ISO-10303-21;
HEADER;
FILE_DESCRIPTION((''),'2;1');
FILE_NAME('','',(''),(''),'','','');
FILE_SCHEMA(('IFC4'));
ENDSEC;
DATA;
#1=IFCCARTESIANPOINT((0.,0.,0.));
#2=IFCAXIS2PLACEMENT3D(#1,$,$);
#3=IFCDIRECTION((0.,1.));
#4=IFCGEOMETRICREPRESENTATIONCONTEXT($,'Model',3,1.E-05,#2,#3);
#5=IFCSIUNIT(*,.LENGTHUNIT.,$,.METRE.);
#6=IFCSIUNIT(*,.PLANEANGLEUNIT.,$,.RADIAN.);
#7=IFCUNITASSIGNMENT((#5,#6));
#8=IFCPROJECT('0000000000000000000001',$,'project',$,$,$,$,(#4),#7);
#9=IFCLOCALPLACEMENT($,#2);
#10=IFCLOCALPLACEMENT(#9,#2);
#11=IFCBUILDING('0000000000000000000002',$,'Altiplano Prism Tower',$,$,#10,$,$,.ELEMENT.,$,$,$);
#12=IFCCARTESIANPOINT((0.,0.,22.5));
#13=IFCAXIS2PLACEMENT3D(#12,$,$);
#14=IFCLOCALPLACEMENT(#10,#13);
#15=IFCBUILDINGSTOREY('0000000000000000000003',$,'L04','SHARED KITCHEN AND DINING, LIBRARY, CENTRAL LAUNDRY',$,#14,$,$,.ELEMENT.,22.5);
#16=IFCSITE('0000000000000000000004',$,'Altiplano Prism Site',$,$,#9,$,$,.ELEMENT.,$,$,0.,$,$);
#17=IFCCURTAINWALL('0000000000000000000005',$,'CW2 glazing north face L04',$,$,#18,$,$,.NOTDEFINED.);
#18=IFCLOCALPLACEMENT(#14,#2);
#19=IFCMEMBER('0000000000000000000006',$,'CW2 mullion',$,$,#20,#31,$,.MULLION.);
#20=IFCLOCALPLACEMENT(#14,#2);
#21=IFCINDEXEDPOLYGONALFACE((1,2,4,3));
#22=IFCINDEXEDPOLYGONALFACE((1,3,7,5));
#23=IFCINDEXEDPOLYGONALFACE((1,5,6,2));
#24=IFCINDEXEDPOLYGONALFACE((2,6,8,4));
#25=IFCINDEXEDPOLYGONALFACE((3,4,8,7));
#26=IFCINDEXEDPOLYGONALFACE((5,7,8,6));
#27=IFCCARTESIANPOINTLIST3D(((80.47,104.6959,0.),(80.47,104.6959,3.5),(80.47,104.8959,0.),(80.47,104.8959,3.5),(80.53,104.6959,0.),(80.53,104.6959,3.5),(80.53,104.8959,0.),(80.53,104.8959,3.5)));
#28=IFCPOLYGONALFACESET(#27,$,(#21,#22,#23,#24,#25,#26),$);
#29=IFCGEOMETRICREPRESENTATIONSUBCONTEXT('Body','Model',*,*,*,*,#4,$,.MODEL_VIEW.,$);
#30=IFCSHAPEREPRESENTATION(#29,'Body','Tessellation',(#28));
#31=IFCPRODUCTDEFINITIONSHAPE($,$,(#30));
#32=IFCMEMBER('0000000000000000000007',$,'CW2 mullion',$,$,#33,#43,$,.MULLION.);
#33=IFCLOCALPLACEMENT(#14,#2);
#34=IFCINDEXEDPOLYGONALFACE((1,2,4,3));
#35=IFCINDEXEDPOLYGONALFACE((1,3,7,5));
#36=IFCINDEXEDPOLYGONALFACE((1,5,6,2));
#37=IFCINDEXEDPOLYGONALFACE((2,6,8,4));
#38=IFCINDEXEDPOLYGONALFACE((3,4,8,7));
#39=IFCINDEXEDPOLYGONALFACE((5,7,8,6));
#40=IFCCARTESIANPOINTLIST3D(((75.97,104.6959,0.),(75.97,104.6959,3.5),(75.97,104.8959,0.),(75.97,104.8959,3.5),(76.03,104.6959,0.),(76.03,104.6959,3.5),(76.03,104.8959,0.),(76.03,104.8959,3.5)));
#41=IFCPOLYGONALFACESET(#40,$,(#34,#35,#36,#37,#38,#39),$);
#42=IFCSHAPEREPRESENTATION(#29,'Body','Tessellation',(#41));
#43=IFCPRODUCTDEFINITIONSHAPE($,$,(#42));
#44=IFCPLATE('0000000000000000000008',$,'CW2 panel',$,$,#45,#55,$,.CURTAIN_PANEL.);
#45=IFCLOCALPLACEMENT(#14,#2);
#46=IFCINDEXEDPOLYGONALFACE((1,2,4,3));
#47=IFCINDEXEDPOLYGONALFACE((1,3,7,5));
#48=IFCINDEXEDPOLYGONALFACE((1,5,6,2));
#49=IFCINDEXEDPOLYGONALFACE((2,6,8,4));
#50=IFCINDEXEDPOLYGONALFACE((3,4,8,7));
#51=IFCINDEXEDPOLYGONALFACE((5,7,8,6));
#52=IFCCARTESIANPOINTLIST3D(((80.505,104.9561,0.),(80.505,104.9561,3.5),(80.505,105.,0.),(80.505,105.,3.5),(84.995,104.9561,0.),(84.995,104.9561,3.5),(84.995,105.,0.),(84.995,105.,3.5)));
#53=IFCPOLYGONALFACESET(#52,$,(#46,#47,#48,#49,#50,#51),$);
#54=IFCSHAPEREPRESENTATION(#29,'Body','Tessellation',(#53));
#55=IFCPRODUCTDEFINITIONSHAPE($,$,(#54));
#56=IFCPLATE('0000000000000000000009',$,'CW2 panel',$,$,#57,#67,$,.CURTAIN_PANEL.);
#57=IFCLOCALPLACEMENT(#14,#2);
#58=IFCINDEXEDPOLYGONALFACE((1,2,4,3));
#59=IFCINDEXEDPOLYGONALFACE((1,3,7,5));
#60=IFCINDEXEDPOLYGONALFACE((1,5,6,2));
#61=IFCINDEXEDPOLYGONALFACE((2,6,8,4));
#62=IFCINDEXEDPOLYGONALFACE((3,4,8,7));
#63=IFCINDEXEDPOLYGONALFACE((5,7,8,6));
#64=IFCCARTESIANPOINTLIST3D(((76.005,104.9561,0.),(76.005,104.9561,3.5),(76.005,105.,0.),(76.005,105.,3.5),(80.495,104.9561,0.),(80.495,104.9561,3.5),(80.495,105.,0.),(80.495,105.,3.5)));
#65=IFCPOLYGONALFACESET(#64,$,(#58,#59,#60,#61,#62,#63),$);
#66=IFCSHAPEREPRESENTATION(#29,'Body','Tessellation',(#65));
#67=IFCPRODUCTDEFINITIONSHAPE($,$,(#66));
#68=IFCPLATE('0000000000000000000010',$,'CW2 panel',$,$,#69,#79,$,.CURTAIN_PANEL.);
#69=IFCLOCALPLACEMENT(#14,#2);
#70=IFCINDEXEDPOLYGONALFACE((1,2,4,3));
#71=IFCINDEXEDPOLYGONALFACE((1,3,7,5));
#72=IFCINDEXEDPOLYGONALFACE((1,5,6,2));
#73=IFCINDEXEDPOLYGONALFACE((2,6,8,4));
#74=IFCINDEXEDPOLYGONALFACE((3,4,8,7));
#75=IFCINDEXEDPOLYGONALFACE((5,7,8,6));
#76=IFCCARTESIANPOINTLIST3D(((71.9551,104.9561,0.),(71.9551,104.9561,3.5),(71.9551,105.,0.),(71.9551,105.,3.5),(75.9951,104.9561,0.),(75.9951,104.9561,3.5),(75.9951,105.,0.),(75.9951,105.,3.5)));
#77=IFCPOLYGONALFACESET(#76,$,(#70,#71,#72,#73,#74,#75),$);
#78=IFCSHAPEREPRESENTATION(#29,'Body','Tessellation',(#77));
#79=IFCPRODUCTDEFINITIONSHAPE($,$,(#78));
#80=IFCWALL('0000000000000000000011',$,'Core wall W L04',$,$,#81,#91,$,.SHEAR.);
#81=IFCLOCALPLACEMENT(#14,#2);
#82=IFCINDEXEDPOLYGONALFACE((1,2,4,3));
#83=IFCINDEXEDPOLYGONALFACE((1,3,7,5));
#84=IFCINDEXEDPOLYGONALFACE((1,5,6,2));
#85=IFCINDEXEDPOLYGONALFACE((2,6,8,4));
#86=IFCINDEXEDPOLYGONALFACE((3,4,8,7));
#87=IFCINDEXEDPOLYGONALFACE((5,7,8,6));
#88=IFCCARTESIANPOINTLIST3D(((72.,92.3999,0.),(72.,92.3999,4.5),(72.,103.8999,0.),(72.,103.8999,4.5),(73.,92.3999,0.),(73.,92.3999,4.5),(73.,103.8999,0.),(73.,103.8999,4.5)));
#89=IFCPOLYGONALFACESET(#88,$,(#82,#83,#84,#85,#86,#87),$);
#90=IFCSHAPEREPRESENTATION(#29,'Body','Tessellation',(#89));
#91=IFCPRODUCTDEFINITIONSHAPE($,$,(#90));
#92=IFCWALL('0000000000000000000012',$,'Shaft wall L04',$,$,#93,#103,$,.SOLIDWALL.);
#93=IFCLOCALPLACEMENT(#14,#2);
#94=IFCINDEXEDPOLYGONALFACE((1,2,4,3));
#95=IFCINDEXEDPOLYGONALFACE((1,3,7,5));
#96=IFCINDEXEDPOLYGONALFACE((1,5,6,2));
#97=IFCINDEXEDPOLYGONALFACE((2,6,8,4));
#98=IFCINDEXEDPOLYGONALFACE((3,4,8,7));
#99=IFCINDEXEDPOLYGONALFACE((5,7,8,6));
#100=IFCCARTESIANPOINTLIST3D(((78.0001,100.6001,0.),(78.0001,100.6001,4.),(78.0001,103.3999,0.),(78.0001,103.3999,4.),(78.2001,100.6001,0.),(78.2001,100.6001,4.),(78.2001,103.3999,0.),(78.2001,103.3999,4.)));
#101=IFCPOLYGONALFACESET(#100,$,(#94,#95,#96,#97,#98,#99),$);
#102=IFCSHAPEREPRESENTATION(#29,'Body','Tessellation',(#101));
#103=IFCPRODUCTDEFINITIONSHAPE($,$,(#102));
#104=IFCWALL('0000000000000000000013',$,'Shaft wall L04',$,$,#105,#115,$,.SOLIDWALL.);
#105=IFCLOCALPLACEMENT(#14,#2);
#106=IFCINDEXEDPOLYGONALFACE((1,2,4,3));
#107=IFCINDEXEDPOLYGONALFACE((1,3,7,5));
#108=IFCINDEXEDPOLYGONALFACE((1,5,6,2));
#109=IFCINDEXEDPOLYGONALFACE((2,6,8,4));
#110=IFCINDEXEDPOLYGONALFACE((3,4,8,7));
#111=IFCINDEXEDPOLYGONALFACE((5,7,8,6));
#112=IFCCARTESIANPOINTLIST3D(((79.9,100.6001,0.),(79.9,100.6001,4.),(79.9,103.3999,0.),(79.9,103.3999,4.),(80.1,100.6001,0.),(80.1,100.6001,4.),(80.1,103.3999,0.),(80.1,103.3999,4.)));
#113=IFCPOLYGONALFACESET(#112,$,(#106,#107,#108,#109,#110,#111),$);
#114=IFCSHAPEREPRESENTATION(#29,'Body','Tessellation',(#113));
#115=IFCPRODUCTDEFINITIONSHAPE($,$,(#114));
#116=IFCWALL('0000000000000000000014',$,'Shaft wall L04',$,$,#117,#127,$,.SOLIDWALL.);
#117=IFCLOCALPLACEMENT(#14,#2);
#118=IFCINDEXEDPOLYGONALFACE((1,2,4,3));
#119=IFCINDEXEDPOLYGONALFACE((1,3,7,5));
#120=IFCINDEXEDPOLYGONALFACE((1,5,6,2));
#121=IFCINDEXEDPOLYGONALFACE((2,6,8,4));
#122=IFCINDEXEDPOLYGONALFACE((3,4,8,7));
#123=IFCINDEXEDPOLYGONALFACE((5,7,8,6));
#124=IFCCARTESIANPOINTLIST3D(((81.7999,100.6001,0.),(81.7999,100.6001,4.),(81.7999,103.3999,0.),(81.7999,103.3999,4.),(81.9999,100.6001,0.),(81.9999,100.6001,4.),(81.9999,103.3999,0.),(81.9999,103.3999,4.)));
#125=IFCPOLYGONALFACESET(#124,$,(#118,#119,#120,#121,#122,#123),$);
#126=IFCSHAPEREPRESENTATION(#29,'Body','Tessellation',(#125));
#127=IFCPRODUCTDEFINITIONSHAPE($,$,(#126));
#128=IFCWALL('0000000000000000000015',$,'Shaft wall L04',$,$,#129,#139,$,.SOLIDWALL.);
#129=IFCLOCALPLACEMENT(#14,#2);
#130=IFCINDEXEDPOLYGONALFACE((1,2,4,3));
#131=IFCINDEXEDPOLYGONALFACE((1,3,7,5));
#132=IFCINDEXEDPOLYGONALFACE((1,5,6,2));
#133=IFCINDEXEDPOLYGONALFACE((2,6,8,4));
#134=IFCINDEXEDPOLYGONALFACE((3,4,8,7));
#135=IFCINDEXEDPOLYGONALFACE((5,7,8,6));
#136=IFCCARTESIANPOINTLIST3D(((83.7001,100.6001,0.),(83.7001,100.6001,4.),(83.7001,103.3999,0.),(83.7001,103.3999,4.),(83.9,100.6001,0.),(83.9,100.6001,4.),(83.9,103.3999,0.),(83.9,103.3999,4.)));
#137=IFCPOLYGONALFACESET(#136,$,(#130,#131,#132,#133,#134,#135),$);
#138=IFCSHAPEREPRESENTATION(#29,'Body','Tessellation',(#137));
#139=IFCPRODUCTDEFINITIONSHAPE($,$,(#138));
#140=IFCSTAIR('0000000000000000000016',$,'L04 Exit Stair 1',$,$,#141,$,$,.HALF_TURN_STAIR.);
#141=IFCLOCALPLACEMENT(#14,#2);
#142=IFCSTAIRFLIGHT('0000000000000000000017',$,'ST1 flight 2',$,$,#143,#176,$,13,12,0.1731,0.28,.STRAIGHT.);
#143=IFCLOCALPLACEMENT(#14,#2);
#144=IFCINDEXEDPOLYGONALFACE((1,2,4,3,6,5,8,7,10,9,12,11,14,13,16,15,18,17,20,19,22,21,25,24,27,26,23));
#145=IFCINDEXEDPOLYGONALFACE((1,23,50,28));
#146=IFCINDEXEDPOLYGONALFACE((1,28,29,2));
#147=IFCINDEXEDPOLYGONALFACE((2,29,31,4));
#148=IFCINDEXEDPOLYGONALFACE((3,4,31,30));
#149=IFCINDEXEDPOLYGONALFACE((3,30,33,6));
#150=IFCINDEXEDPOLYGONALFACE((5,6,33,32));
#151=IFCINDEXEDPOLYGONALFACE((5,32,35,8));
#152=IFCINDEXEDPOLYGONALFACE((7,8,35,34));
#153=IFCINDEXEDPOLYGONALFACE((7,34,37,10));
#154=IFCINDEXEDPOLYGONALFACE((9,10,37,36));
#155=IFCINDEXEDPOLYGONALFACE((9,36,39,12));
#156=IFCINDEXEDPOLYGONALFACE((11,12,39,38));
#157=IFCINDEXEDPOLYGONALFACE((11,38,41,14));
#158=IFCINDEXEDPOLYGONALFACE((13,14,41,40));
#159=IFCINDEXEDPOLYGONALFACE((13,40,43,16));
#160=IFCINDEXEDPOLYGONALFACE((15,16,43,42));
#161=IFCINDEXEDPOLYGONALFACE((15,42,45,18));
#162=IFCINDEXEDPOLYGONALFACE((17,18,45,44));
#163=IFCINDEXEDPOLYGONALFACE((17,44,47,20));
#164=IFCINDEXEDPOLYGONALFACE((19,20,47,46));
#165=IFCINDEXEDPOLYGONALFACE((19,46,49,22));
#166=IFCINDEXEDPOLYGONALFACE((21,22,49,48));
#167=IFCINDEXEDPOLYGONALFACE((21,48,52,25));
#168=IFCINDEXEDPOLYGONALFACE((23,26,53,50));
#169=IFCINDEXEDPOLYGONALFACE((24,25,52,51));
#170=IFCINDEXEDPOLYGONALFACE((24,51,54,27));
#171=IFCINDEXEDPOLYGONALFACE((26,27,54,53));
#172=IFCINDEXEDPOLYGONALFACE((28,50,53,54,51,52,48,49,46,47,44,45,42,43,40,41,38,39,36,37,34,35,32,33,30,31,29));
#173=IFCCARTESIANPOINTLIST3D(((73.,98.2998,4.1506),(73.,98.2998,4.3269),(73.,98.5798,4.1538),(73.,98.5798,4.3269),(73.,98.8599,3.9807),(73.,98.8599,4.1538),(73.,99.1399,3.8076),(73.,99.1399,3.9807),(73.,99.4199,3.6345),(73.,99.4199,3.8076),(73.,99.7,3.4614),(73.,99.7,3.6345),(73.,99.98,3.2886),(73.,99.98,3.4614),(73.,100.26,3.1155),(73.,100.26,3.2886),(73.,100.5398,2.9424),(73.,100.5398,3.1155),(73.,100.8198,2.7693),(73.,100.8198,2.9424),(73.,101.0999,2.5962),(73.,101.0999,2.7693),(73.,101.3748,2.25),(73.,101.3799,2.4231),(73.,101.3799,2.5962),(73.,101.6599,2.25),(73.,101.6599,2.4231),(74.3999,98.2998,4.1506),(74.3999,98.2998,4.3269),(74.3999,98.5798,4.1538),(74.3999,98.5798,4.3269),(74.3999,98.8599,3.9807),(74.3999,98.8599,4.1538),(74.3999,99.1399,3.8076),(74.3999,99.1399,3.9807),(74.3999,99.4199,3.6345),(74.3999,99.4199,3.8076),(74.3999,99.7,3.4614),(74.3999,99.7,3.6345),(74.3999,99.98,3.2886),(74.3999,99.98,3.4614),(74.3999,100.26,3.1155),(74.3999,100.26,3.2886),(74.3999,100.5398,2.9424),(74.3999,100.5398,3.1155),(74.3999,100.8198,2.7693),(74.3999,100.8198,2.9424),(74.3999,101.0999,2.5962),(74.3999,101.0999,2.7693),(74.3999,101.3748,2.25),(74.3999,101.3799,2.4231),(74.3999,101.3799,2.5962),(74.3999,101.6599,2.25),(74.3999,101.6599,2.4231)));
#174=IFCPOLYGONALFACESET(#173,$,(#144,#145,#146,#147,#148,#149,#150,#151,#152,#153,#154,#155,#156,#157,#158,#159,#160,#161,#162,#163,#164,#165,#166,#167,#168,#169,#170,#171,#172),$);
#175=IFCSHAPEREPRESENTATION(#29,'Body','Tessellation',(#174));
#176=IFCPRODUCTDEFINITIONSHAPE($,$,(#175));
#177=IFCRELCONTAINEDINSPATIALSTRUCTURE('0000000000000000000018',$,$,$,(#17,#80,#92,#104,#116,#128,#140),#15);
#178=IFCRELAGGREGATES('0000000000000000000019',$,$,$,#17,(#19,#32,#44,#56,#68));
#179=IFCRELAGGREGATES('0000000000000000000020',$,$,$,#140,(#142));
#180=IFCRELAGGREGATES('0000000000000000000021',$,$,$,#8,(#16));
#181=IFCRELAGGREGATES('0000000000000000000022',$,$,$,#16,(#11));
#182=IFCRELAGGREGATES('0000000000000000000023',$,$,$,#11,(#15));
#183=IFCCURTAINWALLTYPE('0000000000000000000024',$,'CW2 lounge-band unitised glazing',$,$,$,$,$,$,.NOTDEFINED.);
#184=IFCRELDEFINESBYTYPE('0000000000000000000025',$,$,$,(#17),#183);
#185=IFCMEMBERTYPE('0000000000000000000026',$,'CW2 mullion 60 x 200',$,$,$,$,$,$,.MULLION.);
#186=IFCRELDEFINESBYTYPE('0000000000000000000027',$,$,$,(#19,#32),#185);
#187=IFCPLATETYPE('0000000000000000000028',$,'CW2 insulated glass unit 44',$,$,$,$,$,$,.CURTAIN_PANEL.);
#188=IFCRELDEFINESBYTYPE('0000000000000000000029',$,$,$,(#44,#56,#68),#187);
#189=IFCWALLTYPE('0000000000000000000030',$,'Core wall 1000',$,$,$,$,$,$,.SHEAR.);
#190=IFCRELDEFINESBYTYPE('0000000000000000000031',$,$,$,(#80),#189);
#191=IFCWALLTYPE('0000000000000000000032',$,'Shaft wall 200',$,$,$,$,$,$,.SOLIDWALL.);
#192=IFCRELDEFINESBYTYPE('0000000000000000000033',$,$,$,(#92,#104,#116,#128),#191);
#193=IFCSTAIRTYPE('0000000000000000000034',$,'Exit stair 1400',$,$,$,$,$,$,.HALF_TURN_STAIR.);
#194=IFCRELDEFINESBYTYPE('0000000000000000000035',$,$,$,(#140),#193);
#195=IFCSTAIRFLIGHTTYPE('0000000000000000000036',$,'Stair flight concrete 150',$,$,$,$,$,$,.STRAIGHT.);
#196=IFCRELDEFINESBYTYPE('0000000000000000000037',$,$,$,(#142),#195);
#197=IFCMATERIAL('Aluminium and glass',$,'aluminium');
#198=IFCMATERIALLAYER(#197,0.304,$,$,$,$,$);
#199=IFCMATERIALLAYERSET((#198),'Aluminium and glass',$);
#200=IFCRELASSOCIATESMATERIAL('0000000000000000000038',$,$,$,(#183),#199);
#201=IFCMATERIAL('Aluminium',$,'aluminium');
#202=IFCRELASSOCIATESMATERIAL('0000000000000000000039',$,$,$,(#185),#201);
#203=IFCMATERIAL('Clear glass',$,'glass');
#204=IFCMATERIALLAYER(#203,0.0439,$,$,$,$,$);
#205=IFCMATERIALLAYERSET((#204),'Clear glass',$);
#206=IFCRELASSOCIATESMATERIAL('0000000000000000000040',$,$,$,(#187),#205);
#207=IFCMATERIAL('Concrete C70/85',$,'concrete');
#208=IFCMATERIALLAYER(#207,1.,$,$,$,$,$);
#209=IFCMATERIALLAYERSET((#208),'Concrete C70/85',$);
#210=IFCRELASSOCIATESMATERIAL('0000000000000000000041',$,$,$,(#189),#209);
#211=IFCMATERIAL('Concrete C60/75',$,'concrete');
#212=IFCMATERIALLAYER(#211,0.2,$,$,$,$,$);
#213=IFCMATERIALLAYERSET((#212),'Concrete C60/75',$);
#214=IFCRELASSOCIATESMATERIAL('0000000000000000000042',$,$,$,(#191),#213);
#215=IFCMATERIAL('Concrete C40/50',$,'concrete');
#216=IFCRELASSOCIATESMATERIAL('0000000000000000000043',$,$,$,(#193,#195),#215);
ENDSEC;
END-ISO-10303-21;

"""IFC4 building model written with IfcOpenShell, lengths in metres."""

from ifc_helpers import new_model, si_unit, direction, frame, frame_2d, origin, origin_2d, place, context, subcontext, project, spatial, polyline, rectangle, outline, extrude, material, layer, layer_set, material_profile, profile_set, type_object, element, aggregate, save


model = new_model("IFC4")

# Units and contexts
model_context = context("Model", 3, precision=1e-05, world=origin(), true_north=direction((0.0, 1.0)))
body_context = subcontext(model_context, "Body", "Model", "MODEL_VIEW")
ifc_project = project(units=[si_unit("LENGTHUNIT", "METRE"), si_unit("PLANEANGLEUNIT", "RADIAN")], contexts=[model_context])

# Site, building, storey
site_placement = place(None, origin())
site = spatial("IfcSite", under=ifc_project, at=site_placement, Name="Altiplano Prism Site", CompositionType="ELEMENT", RefElevation=0.0)
building_placement = place(site_placement, origin())
building = spatial("IfcBuilding", under=site, at=building_placement, Name="Altiplano Prism Tower", CompositionType="ELEMENT")
storey_placement = place(building_placement, frame((0.0, 0.0, 22.5)))
storey = spatial("IfcBuildingStorey", under=building, at=storey_placement, Name="L04", Description="SHARED KITCHEN AND DINING, LIBRARY, CENTRAL LAUNDRY", CompositionType="ELEMENT", Elevation=22.5)

# Curtain wall, members, plates
ifc_material_1 = material(Name="Aluminium and glass", Category="aluminium")
ifc_layer_1 = layer(ifc_material_1, 0.304)
ifc_layer_set_1 = layer_set([ifc_layer_1], Name="Aluminium and glass")
curtain_wall_type = type_object("IfcCurtainWallType", Name="CW2 lounge-band unitised glazing", PredefinedType="NOTDEFINED", material=ifc_layer_set_1)
curtain_wall_placement = place(storey_placement, origin())
curtain_wall = element("IfcCurtainWall", 1, at=curtain_wall_placement, inside=storey, type_object=curtain_wall_type, Name="CW2 glazing north face L04", PredefinedType="NOTDEFINED")
ifc_material_2 = material(Name="Aluminium", Category="aluminium")
ifc_material_profile = material_profile(ifc_material_2, rectangle(XDim=0.2, YDim=0.0601, at=origin_2d()), Name="CW2 mullion 60 x 200")
ifc_profile_set = profile_set([ifc_material_profile], Name="Aluminium")
member_type = type_object("IfcMemberType", Name="CW2 mullion 60 x 200", PredefinedType="MULLION", material=ifc_profile_set)
member_1_placement = place(storey_placement, frame((80.5, 104.7959, 0.0), z_axis=(0.0, 0.0, 1.0), x_axis=(0.0, -1.0, 0.0)))
member_1 = element("IfcMember", 2, at=member_1_placement, type_object=member_type, Name="CW2 mullion", PredefinedType="MULLION", context=body_context, shape_type="SweptSolid", body=[
    extrude(rectangle(XDim=0.2, YDim=0.0601, at=origin_2d()), origin(), (0.0, 0.0, 1.0), 3.5),
])
member_2_placement = place(storey_placement, frame((76.0, 104.7959, 0.0), z_axis=(0.0, 0.0, 1.0), x_axis=(0.0, -1.0, 0.0)))
member_2 = element("IfcMember", 3, at=member_2_placement, type_object=member_type, Name="CW2 mullion", PredefinedType="MULLION", context=body_context, shape_type="SweptSolid", body=[
    extrude(rectangle(XDim=0.2, YDim=0.0601, at=origin_2d()), origin(), (0.0, 0.0, 1.0), 3.5),
])
ifc_material_3 = material(Name="Clear glass", Category="glass")
ifc_layer_2 = layer(ifc_material_3, 0.0439)
ifc_layer_set_2 = layer_set([ifc_layer_2], Name="Clear glass")
plate_type = type_object("IfcPlateType", Name="CW2 insulated glass unit 44", PredefinedType="CURTAIN_PANEL", material=ifc_layer_set_2)
plate_1_placement = place(storey_placement, frame((82.75, 104.978, 0.0), z_axis=(0.0, 0.0, 1.0), x_axis=(-1.0, 0.0, 0.0)))
plate_1 = element("IfcPlate", 4, at=plate_1_placement, type_object=plate_type, Name="CW2 panel", PredefinedType="CURTAIN_PANEL", context=body_context, shape_type="SweptSolid", body=[
    extrude(rectangle(XDim=4.49, YDim=0.0439, at=origin_2d()), origin(), (0.0, 0.0, 1.0), 3.5),
])
plate_2_placement = place(storey_placement, frame((78.25, 104.978, 0.0), z_axis=(0.0, 0.0, 1.0), x_axis=(-1.0, 0.0, 0.0)))
plate_2 = element("IfcPlate", 5, at=plate_2_placement, type_object=plate_type, Name="CW2 panel", PredefinedType="CURTAIN_PANEL", context=body_context, shape_type="SweptSolid", body=[
    extrude(rectangle(XDim=4.49, YDim=0.0439, at=origin_2d()), origin(), (0.0, 0.0, 1.0), 3.5),
])
plate_3_placement = place(storey_placement, frame((73.9751, 104.978, 0.0), z_axis=(0.0, 0.0, 1.0), x_axis=(-1.0, 0.0, 0.0)))
plate_3 = element("IfcPlate", 6, at=plate_3_placement, type_object=plate_type, Name="CW2 panel", PredefinedType="CURTAIN_PANEL", context=body_context, shape_type="SweptSolid", body=[
    extrude(rectangle(XDim=4.04, YDim=0.0439, at=origin_2d()), origin(), (0.0, 0.0, 1.0), 3.5),
])
aggregate(curtain_wall, [member_1, member_2, plate_1, plate_2, plate_3])

# Walls
ifc_material_4 = material(Name="Concrete C70/85", Category="concrete")
ifc_layer_3 = layer(ifc_material_4, 1.0)
ifc_layer_set_3 = layer_set([ifc_layer_3], Name="Concrete C70/85")
wall_type_1 = type_object("IfcWallType", Name="Core wall 1000", PredefinedType="SHEAR", material=ifc_layer_set_3)
wall_placement = place(storey_placement, frame((72.5, 103.8999, 0.0), z_axis=(0.0, 0.0, 1.0), x_axis=(0.0, -1.0, 0.0)))
element("IfcWall", 7, at=wall_placement, inside=storey, type_object=wall_type_1, Name="Core wall W L04", PredefinedType="SHEAR", context=body_context, shape_type="SweptSolid", body=[
    extrude(rectangle(XDim=11.5, YDim=1.0, at=frame_2d((5.75, 0.0))), origin(), (0.0, 0.0, 1.0), 4.5),
])
ifc_material_5 = material(Name="Concrete C60/75", Category="concrete")
ifc_layer_4 = layer(ifc_material_5, 0.2)
ifc_layer_set_4 = layer_set([ifc_layer_4], Name="Concrete C60/75")
wall_type_2 = type_object("IfcWallType", Name="Shaft wall 200", PredefinedType="SOLIDWALL", material=ifc_layer_set_4)
for number, where, z_axis, x_axis, name in (
    (8, (78.1001, 100.6001, 0.0), (0.0, 0.0, 1.0), (0.0, 1.0, 0.0), "Shaft wall L04"),
    (9, (80.0, 100.6001, 0.0), (0.0, 0.0, 1.0), (0.0, 1.0, 0.0), "Shaft wall L04"),
    (10, (81.8999, 100.6001, 0.0), (0.0, 0.0, 1.0), (0.0, 1.0, 0.0), "Shaft wall L04"),
    (11, (83.8, 100.6001, 0.0), (0.0, 0.0, 1.0), (0.0, 1.0, 0.0), "Shaft wall L04"),
):
    element("IfcWall", number, at=place(storey_placement, frame(where, z_axis=z_axis, x_axis=x_axis)), inside=storey, type_object=wall_type_2, Name=name, PredefinedType="SOLIDWALL", context=body_context, shape_type="SweptSolid", body=[
        extrude(rectangle(XDim=2.7998, YDim=0.2, at=frame_2d((1.3999, 0.0))), origin(), (0.0, 0.0, 1.0), 4.0),
    ])

# Stair, stair flight
ifc_material_6 = material(Name="Concrete C40/50", Category="concrete")
stair_type = type_object("IfcStairType", Name="Exit stair 1400", PredefinedType="HALF_TURN_STAIR", material=ifc_material_6)
stair_placement = place(storey_placement, origin())
stair = element("IfcStair", 12, at=stair_placement, inside=storey, type_object=stair_type, Name="L04 Exit Stair 1", PredefinedType="HALF_TURN_STAIR")
stair_flight_type = type_object("IfcStairFlightType", Name="Stair flight concrete 150", PredefinedType="STRAIGHT", material=ifc_material_6)
stair_flight_placement = place(storey_placement, frame((73.7, 101.6599, 2.25), z_axis=(0.0, 0.0, 1.0), x_axis=(0.0, -1.0, 0.0)))
stair_flight = element("IfcStairFlight", 13, at=stair_flight_placement, type_object=stair_flight_type, Name="ST1 flight 2", NumberOfRisers=13, NumberOfTreads=12, PredefinedType="STRAIGHT", RiserHeight=0.1731, TreadLength=0.28, context=body_context, shape_type="SweptSolid", body=[
    extrude(outline(polyline([(0.0, 0.0), (0.0, 0.1731), (0.28, 0.1731), (0.28, 0.3462), (0.5601, 0.3462), (0.5601, 0.5193), (0.8401, 0.5193), (0.8401, 0.6924), (1.1201, 0.6924), (1.1201, 0.8655), (1.3999, 0.8655), (1.3999, 1.0386), (1.6799, 1.0386), (1.6799, 1.2114), (1.96, 1.2114), (1.96, 1.3845), (2.24, 1.3845), (2.24, 1.5576), (2.52, 1.5576), (2.52, 1.7307), (2.8, 1.7307), (2.8, 1.9038), (3.0801, 1.9038), (3.0801, 2.0769), (3.3601, 2.0769), (3.3601, 2.25), (3.3601, 1.9006), (0.2852, 0.0), (0.0, 0.0)])), frame((0.0, 0.7, 0.0), z_axis=(0.0, -1.0, 0.0), x_axis=(1.0, 0.0, 0.0)), (0.0, 0.0, 1.0), 1.3999),
])
aggregate(stair, [stair_flight])

save(model, "model.ifc")
